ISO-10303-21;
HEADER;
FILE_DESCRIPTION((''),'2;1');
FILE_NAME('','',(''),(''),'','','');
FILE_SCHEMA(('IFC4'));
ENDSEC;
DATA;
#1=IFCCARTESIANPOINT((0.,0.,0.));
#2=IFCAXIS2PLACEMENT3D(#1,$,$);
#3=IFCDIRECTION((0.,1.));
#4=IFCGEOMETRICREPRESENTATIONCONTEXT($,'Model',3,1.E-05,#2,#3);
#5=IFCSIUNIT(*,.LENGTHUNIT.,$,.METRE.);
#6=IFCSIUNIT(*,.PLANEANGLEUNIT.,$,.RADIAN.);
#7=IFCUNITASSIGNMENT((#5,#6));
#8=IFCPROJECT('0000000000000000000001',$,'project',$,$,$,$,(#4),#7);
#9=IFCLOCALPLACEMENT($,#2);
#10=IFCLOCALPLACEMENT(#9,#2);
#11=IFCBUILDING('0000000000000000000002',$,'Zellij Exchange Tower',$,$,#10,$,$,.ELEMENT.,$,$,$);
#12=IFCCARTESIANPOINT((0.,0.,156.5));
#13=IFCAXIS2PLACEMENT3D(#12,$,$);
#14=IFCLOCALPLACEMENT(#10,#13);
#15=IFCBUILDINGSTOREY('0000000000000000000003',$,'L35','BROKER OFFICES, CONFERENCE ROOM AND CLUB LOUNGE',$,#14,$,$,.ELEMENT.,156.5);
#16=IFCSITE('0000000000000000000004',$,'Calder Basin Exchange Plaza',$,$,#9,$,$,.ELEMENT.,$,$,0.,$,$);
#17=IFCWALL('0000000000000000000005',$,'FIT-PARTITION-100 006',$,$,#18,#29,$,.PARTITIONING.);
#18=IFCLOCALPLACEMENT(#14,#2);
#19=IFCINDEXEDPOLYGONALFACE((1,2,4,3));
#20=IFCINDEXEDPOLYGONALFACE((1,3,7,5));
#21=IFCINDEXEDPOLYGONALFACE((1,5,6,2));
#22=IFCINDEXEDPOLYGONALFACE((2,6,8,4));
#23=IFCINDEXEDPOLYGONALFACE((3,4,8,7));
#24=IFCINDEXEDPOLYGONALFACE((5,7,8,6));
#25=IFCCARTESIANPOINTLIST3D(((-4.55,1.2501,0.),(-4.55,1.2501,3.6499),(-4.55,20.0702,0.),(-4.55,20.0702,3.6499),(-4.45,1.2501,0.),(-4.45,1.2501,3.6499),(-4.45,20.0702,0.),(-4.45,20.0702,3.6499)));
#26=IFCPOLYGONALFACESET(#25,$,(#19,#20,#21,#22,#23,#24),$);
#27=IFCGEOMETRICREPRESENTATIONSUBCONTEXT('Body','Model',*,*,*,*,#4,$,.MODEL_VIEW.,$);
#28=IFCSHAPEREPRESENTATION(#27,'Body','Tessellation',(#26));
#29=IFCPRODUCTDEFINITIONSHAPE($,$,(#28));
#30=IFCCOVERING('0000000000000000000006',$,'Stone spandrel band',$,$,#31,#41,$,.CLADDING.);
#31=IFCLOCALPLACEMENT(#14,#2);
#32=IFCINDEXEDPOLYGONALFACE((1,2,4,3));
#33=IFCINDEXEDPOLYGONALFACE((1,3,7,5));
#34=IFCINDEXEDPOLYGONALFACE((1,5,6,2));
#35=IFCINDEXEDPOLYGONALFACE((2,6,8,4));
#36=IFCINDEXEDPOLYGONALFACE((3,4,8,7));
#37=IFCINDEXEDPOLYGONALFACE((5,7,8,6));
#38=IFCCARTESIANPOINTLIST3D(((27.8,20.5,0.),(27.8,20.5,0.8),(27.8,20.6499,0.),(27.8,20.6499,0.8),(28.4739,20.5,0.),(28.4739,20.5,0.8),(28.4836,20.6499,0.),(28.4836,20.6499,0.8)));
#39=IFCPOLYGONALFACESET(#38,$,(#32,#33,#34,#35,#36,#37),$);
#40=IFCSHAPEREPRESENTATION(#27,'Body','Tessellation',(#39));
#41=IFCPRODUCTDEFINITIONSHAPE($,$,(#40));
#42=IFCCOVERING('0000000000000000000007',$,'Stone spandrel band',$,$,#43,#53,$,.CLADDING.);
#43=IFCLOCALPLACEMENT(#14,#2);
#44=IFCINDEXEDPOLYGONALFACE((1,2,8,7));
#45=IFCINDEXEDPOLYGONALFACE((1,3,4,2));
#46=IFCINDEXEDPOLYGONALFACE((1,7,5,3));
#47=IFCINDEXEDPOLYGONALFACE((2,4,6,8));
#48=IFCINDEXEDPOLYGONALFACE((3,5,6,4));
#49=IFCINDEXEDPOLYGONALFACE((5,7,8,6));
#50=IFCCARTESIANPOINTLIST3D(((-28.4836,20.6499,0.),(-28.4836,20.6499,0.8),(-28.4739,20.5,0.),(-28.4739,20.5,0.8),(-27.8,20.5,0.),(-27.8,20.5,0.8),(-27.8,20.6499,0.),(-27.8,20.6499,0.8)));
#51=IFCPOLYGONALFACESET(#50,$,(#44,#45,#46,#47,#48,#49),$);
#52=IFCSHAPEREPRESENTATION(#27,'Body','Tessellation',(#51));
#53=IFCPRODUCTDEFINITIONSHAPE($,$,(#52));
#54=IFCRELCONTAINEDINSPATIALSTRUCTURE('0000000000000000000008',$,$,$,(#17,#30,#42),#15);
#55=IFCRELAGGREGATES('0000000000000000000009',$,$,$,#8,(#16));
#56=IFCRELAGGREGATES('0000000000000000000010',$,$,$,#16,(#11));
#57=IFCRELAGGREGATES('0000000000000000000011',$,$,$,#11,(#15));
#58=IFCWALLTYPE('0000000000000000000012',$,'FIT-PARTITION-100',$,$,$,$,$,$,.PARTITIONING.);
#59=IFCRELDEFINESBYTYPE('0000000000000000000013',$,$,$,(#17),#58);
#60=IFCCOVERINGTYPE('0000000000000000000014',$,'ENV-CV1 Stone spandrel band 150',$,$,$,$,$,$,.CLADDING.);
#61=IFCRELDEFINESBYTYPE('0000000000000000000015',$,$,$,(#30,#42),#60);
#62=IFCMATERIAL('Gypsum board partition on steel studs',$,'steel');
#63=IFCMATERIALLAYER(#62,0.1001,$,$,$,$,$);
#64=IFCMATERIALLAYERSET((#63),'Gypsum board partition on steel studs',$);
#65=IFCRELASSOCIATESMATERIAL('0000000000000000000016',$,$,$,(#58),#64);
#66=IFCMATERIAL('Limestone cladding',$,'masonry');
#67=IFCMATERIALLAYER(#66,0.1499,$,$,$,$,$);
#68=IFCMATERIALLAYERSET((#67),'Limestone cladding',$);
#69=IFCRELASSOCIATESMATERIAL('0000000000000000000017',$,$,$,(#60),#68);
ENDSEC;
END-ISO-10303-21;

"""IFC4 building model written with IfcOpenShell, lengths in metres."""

from ifc_helpers import new_model, si_unit, direction, frame, frame_2d, origin, place, context, subcontext, project, spatial, polyline, rectangle, outline, extrude, material, layer, layer_set, type_object, element, save


model = new_model("IFC4")

# Units and contexts
model_context = context("Model", 3, precision=1e-05, world=origin(), true_north=direction((0.0, 1.0)))
body_context = subcontext(model_context, "Body", "Model", "MODEL_VIEW")
ifc_project = project(units=[si_unit("LENGTHUNIT", "METRE"), si_unit("PLANEANGLEUNIT", "RADIAN")], contexts=[model_context])

# Site, building, storey
site_placement = place(None, origin())
site = spatial("IfcSite", under=ifc_project, at=site_placement, Name="Calder Basin Exchange Plaza", CompositionType="ELEMENT", RefElevation=0.0)
building_placement = place(site_placement, origin())
building = spatial("IfcBuilding", under=site, at=building_placement, Name="Zellij Exchange Tower", CompositionType="ELEMENT")
storey_placement = place(building_placement, frame((0.0, 0.0, 156.5)))
storey = spatial("IfcBuildingStorey", under=building, at=storey_placement, Name="L35", Description="BROKER OFFICES, CONFERENCE ROOM AND CLUB LOUNGE", CompositionType="ELEMENT", Elevation=156.5)

# Wall
ifc_material_1 = material(Name="Gypsum board partition on steel studs", Category="steel")
ifc_layer_1 = layer(ifc_material_1, 0.1001)
ifc_layer_set_1 = layer_set([ifc_layer_1], Name="Gypsum board partition on steel studs")
wall_type_1 = type_object("IfcWallType", Name="FIT-PARTITION-100", PredefinedType="PARTITIONING", material=ifc_layer_set_1)
wall_1_placement = place(storey_placement, frame((-4.5, 1.25, 0.0), z_axis=(0.0, 0.0, 1.0), x_axis=(0.0, 1.0, 0.0)))
element("IfcWall", 1, at=wall_1_placement, inside=storey, type_object=wall_type_1, Name="FIT-PARTITION-100 006", PredefinedType="PARTITIONING", context=body_context, shape_type="SweptSolid", body=[
    extrude(rectangle(XDim=18.8201, YDim=0.1001, at=frame_2d((9.4102, 0.0))), origin(), (0.0, 0.0, 1.0), 3.6499),
])

# Coverings
ifc_material_2 = material(Name="Limestone cladding", Category="masonry")
ifc_layer_2 = layer(ifc_material_2, 0.1499)
ifc_layer_set_2 = layer_set([ifc_layer_2], Name="Limestone cladding")
covering_type = type_object("IfcCoveringType", Name="ENV-CV1 Stone spandrel band 150", PredefinedType="CLADDING", material=ifc_layer_set_2)
covering_1_placement = place(storey_placement, origin())
element("IfcCovering", 2, at=covering_1_placement, inside=storey, type_object=covering_type, Name="Stone spandrel band", PredefinedType="CLADDING", context=body_context, shape_type="SweptSolid", body=[
    extrude(outline(polyline([(28.4739, 20.5), (27.8, 20.5), (27.8, 20.6499), (28.4836, 20.6499), (28.4739, 20.5)])), origin(), (0.0, 0.0, 1.0), 0.8),
])
covering_2_placement = place(storey_placement, origin())
element("IfcCovering", 3, at=covering_2_placement, inside=storey, type_object=covering_type, Name="Stone spandrel band", PredefinedType="CLADDING", context=body_context, shape_type="SweptSolid", body=[
    extrude(outline(polyline([(-27.8, 20.5), (-28.4739, 20.5), (-28.4836, 20.6499), (-27.8, 20.6499), (-27.8, 20.5)])), origin(), (0.0, 0.0, 1.0), 0.8),
])

save(model, "model.ifc")
